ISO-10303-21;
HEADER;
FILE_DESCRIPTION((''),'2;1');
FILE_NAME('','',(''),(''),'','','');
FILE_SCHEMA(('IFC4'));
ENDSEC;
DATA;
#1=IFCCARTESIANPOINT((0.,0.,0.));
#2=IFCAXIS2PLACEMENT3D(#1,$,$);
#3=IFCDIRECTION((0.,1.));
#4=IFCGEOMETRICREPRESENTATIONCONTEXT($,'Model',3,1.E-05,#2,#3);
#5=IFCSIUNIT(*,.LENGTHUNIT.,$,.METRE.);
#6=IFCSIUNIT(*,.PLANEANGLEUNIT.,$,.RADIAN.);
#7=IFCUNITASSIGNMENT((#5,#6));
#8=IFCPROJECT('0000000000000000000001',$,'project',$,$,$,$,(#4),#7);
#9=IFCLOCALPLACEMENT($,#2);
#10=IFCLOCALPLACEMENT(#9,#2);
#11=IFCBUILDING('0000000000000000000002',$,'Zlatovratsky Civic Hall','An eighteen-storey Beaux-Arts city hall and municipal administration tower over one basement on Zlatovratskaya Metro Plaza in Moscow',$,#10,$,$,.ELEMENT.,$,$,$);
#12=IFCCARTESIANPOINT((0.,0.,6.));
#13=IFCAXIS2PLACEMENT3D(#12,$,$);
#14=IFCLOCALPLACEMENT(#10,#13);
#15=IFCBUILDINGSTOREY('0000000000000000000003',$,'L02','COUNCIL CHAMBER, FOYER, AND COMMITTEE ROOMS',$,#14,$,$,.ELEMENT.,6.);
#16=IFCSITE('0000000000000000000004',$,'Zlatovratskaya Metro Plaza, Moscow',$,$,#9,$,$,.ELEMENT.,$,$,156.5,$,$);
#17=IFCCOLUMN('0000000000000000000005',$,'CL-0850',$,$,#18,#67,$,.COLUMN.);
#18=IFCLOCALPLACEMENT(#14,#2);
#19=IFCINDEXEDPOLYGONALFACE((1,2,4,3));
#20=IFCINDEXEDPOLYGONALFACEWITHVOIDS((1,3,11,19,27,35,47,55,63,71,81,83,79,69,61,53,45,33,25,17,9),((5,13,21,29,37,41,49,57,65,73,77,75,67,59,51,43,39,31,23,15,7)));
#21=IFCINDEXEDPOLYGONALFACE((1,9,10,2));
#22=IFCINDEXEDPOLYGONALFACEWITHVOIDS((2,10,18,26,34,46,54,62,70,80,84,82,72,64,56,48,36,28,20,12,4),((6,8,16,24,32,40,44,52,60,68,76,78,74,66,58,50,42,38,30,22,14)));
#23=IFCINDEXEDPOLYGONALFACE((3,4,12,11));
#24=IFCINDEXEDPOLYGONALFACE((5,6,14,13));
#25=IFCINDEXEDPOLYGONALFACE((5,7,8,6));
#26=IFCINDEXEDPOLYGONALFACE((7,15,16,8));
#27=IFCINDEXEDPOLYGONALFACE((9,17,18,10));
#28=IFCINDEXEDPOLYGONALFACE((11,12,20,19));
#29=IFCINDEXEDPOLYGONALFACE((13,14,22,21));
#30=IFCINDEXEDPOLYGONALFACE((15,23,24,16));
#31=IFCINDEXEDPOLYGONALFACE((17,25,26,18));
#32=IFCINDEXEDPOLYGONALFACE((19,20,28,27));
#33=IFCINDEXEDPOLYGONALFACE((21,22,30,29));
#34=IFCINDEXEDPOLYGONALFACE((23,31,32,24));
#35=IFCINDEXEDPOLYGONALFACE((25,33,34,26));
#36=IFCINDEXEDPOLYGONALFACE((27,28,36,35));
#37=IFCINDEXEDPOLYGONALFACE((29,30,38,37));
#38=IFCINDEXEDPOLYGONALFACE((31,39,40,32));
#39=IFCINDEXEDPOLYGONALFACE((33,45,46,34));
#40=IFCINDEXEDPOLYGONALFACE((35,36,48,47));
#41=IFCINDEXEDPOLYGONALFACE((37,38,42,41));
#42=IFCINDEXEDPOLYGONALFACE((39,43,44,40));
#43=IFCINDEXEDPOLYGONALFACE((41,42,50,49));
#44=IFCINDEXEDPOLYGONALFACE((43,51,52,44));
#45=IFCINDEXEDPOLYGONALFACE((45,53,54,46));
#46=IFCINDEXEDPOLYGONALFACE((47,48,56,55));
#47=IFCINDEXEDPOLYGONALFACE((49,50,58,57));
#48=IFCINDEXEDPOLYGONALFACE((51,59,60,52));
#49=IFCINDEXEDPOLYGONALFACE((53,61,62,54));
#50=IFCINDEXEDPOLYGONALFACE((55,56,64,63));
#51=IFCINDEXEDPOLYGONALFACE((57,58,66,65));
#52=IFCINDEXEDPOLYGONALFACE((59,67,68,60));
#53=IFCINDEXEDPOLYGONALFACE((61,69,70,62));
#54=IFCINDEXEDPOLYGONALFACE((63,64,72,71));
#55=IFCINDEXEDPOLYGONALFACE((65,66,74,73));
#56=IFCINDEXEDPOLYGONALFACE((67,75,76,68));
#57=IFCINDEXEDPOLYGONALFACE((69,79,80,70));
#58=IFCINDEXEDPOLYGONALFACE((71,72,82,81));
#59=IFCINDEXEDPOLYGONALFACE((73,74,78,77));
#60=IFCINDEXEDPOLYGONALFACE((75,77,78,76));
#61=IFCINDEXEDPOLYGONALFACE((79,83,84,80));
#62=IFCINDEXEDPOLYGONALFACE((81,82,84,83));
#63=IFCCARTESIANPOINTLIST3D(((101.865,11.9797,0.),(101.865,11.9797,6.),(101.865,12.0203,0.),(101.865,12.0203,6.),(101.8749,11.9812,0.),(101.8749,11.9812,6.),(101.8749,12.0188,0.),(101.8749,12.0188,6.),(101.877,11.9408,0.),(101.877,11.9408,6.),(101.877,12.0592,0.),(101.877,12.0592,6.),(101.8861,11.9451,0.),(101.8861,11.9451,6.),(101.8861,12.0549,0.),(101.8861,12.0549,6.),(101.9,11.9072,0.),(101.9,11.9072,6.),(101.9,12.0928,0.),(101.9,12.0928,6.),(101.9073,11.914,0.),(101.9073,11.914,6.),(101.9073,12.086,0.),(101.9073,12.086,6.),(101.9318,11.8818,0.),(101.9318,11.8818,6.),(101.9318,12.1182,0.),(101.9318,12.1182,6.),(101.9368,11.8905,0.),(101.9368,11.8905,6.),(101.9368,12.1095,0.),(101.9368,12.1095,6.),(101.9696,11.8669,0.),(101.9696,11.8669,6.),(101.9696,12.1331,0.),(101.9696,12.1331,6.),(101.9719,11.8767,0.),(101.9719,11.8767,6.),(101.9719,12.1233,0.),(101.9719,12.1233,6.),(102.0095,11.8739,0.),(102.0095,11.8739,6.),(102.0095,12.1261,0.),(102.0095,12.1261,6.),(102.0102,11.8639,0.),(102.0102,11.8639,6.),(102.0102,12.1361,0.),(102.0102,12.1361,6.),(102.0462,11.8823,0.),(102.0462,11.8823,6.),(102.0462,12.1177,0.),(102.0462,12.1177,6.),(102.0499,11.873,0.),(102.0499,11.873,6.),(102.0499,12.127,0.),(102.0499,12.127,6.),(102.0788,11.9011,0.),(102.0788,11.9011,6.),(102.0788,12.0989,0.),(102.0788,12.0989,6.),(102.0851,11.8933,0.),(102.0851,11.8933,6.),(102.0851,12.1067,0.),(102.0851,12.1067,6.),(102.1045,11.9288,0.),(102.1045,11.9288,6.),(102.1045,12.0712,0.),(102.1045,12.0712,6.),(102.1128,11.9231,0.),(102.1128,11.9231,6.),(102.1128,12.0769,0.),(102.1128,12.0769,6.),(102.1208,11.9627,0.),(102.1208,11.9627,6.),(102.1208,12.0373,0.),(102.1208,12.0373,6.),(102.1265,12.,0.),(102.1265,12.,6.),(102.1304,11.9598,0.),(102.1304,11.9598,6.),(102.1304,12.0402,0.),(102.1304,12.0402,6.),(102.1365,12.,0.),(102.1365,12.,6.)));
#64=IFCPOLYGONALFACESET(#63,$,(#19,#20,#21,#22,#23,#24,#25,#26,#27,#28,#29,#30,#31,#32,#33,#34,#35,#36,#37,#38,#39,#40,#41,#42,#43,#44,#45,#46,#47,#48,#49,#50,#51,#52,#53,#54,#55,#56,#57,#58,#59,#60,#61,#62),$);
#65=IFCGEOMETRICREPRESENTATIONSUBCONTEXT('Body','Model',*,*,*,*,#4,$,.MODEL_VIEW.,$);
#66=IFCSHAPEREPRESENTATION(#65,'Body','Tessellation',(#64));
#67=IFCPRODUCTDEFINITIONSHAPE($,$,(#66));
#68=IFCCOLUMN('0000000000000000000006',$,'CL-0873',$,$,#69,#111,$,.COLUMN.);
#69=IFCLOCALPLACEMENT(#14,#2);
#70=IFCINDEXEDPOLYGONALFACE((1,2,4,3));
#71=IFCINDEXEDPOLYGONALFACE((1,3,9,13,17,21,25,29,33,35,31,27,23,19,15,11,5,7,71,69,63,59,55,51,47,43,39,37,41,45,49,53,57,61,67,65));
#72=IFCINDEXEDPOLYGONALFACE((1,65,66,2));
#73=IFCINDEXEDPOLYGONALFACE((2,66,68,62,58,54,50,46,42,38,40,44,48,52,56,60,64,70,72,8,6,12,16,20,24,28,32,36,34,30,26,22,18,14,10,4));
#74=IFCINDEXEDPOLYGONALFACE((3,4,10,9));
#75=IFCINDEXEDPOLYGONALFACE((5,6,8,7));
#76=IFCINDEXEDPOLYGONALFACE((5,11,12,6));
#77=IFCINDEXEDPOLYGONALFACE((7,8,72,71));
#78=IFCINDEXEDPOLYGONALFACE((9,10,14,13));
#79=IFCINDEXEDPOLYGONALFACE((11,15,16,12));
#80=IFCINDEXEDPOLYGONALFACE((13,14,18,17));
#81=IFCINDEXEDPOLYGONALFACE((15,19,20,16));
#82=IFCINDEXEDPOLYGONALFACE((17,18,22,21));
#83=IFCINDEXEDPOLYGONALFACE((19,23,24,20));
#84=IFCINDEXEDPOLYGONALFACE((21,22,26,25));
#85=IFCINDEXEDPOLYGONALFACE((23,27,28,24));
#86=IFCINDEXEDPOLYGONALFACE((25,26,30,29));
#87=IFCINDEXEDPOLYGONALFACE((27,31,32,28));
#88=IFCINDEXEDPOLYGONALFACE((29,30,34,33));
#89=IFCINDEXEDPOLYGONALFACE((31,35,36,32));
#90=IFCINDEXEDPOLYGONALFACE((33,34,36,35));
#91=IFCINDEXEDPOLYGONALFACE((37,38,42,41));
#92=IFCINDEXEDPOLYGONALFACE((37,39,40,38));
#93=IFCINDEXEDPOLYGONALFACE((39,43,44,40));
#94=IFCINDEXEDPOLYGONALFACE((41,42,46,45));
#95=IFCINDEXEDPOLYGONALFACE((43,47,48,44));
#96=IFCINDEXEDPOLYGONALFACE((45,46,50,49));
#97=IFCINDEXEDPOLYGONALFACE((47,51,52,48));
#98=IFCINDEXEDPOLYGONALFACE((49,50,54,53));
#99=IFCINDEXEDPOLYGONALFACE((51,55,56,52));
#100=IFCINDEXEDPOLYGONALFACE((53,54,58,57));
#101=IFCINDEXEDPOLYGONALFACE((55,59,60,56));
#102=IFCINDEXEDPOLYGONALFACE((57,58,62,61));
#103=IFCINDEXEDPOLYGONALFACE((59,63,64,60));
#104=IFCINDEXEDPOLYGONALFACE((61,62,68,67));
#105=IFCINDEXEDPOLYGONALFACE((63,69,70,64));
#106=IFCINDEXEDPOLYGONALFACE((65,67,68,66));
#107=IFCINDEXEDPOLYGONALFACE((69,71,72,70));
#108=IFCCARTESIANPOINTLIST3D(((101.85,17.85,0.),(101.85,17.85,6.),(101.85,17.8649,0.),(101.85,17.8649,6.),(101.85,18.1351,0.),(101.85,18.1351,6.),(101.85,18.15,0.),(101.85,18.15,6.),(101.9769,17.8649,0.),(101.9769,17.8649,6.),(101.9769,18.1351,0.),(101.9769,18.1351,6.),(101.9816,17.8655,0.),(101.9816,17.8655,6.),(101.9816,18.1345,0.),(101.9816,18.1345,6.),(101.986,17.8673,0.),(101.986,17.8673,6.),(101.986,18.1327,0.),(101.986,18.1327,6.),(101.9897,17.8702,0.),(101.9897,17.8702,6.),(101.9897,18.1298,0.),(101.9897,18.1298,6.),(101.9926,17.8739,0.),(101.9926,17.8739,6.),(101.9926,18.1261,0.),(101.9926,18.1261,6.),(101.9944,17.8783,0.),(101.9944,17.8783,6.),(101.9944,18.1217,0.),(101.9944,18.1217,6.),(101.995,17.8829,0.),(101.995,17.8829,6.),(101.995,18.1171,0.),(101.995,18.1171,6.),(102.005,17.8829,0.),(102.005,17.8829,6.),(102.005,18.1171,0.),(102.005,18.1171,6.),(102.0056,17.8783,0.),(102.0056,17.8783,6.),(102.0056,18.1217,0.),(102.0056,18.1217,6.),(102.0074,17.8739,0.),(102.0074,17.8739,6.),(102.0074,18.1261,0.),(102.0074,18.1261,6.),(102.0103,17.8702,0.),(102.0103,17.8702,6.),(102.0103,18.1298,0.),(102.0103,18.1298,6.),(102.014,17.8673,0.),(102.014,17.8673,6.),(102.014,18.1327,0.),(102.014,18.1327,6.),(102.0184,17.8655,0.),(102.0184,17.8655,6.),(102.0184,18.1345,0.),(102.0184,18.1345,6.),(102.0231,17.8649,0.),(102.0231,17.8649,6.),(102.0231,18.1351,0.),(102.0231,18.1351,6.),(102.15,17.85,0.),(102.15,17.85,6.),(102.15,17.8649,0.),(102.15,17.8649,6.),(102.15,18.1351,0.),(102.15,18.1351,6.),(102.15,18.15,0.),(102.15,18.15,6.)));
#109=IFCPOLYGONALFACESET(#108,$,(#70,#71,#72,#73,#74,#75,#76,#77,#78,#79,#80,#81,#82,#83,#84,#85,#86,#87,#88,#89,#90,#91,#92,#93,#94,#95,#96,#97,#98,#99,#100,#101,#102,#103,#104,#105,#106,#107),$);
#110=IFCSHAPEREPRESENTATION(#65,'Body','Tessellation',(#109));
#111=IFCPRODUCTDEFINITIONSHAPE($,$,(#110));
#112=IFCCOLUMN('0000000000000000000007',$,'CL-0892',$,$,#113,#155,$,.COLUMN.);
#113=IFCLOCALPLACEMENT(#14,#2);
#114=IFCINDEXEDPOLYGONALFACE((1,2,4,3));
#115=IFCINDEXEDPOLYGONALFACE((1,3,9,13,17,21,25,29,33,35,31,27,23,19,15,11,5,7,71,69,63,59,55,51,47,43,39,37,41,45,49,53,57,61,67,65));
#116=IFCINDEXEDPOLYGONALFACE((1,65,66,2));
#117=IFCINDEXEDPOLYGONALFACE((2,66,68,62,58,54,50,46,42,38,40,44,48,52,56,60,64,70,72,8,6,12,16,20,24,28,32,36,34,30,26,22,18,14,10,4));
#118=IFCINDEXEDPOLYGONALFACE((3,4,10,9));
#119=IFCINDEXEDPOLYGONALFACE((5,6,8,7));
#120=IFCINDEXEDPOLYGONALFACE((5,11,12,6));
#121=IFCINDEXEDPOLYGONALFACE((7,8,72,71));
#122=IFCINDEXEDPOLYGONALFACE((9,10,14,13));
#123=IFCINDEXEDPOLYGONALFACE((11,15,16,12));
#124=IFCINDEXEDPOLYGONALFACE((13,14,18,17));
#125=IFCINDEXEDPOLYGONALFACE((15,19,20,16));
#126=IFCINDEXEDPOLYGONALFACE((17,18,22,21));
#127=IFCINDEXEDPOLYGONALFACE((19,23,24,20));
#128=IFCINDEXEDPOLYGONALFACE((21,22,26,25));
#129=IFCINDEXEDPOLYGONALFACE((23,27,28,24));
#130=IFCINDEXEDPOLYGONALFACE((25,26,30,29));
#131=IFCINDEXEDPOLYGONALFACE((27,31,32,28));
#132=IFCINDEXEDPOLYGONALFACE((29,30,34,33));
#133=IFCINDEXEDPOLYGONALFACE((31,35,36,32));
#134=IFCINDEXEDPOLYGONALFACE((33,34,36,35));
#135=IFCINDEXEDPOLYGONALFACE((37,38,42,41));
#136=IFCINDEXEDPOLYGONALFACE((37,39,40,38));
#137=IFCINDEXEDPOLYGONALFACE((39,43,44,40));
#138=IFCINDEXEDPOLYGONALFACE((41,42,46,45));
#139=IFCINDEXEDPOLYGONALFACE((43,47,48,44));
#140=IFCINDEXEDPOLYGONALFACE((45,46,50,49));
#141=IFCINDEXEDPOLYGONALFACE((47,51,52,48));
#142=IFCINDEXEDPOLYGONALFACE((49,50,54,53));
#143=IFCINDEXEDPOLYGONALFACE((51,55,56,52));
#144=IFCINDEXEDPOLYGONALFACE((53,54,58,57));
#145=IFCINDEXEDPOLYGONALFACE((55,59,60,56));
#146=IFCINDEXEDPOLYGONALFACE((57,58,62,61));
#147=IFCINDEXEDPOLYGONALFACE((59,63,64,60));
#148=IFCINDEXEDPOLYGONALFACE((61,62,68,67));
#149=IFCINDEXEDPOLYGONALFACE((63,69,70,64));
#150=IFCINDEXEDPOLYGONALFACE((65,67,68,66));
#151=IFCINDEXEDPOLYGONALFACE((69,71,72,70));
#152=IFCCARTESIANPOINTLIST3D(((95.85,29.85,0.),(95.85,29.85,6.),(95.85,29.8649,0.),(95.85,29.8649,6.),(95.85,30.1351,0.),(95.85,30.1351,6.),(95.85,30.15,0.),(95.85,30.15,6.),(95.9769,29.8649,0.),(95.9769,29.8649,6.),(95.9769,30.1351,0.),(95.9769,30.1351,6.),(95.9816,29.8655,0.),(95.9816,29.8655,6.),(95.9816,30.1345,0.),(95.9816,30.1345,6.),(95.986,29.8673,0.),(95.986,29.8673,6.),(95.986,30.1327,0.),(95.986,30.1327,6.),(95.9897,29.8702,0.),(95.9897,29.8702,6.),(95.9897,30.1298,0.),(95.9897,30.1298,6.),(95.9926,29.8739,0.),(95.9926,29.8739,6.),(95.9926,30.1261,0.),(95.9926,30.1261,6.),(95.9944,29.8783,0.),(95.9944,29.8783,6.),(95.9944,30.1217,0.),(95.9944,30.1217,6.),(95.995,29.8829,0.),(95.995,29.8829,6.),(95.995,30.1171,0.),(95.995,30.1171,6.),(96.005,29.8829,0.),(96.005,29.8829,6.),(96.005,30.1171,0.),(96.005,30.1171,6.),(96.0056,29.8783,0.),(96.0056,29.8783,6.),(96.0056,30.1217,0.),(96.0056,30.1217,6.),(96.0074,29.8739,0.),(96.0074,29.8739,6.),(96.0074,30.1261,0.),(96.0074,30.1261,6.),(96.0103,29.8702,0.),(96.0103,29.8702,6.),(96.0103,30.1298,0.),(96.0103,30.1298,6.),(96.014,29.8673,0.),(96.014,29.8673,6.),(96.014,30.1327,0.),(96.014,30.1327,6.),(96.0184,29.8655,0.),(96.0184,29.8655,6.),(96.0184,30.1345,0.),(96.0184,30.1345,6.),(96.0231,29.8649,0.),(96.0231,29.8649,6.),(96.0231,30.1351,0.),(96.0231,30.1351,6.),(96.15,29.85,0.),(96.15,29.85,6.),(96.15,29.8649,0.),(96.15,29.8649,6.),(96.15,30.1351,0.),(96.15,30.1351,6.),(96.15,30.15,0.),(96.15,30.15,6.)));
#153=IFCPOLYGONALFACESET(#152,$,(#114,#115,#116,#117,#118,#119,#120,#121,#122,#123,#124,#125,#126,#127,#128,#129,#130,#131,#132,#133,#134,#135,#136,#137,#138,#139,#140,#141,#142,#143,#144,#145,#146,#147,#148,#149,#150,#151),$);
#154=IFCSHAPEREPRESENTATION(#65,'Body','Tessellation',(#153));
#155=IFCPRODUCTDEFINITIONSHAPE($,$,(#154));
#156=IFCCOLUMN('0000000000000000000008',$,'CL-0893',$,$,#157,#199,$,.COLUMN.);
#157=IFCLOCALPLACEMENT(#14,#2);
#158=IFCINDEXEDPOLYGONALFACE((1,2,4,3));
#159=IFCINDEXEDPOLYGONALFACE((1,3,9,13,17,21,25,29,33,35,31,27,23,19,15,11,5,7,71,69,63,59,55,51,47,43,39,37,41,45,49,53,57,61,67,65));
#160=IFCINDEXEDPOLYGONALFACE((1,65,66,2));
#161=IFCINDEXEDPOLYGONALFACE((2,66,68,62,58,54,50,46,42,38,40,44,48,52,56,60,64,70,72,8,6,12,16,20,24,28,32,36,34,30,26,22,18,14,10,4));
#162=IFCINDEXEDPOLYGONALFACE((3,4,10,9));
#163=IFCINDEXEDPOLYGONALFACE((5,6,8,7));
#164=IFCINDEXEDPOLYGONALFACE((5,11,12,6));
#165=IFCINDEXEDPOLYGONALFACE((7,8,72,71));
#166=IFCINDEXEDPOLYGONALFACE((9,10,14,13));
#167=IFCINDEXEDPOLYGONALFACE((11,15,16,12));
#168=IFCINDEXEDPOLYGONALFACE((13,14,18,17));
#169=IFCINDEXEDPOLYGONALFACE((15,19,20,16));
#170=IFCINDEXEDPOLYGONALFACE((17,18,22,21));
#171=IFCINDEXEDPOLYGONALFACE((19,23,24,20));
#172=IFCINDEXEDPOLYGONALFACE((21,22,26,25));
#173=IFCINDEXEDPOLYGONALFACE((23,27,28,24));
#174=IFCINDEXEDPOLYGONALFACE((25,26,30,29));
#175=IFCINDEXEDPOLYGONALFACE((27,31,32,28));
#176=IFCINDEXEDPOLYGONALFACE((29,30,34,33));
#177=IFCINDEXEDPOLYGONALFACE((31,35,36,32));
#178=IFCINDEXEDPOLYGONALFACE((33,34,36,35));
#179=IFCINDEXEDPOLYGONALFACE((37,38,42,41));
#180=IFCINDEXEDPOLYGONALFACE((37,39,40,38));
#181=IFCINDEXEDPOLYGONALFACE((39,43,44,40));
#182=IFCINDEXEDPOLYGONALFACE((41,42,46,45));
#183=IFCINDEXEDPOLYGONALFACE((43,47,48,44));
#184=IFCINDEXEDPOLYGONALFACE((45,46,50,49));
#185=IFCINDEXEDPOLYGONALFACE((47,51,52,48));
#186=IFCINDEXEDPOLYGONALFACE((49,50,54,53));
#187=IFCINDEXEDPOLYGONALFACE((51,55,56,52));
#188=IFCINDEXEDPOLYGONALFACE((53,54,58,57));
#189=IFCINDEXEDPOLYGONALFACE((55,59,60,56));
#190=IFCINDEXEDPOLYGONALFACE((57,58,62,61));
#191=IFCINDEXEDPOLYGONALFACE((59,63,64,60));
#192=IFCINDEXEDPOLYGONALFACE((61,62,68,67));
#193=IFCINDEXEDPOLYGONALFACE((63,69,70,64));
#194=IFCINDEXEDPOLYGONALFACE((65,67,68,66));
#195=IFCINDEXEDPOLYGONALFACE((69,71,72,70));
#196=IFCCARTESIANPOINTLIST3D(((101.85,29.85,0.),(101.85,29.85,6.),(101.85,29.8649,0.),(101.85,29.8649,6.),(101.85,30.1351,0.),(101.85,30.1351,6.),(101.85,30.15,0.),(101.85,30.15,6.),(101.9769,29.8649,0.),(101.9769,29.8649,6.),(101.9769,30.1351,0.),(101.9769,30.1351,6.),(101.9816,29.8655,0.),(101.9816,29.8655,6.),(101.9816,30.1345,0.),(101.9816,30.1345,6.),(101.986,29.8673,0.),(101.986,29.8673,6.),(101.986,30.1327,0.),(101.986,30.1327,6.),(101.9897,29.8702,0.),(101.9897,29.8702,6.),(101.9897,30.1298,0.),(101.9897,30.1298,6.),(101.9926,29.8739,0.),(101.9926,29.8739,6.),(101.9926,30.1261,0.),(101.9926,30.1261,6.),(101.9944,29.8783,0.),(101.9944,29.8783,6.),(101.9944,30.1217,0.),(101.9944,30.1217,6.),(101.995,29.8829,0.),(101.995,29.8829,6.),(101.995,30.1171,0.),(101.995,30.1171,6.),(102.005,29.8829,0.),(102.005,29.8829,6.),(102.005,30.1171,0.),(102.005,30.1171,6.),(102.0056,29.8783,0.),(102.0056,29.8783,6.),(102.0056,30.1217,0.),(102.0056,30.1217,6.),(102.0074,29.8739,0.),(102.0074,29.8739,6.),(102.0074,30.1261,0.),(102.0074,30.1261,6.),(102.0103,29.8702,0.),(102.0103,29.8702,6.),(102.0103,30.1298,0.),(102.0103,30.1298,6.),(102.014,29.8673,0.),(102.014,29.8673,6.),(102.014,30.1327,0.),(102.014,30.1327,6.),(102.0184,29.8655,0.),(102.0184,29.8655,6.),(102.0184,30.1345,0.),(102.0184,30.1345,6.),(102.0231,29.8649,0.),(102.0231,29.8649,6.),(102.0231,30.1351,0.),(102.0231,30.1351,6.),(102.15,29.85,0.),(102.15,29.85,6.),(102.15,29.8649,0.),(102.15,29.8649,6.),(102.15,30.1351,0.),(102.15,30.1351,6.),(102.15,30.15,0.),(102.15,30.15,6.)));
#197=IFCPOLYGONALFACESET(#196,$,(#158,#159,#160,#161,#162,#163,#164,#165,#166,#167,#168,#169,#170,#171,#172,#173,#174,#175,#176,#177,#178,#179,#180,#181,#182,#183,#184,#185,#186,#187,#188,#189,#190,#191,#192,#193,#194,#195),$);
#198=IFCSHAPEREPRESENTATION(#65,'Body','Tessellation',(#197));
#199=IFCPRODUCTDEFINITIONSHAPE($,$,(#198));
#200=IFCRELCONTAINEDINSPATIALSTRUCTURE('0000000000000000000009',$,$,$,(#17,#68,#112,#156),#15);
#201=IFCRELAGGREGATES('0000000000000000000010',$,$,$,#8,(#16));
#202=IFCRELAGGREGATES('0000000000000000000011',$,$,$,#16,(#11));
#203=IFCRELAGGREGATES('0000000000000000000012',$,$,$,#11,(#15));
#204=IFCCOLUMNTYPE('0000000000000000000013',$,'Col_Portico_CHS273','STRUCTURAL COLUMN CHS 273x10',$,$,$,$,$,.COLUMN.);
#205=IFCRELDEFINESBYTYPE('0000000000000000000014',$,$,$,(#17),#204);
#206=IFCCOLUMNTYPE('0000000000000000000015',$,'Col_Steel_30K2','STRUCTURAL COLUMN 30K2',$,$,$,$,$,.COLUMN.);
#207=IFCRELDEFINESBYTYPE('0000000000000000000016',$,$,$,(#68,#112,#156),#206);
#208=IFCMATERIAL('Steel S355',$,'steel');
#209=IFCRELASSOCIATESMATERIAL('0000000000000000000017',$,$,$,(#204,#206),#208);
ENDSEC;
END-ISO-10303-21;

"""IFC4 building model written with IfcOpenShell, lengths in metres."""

from ifc_helpers import new_model, si_unit, direction, frame, origin, origin_2d, place, context, subcontext, project, spatial, hollow_circle, i_section, extrude, material, material_profile, profile_set, type_object, element, save


model = new_model("IFC4")

# Units and contexts
model_context = context("Model", 3, precision=1e-05, world=origin(), true_north=direction((0.0, 1.0)))
body_context = subcontext(model_context, "Body", "Model", "MODEL_VIEW")
ifc_project = project(units=[si_unit("LENGTHUNIT", "METRE"), si_unit("PLANEANGLEUNIT", "RADIAN")], contexts=[model_context])

# Site, building, storey
site_placement = place(None, origin())
site = spatial("IfcSite", under=ifc_project, at=site_placement, Name="Zlatovratskaya Metro Plaza, Moscow", CompositionType="ELEMENT", RefElevation=156.5)
building_placement = place(site_placement, origin())
building = spatial("IfcBuilding", under=site, at=building_placement, Name="Zlatovratsky Civic Hall", Description="An eighteen-storey Beaux-Arts city hall and municipal administration tower over one basement on Zlatovratskaya Metro Plaza in Moscow", CompositionType="ELEMENT")
storey_placement = place(building_placement, frame((0.0, 0.0, 6.0)))
storey = spatial("IfcBuildingStorey", under=building, at=storey_placement, Name="L02", Description="COUNCIL CHAMBER, FOYER, AND COMMITTEE ROOMS", CompositionType="ELEMENT", Elevation=6.0)

# Columns
ifc_material_1 = material(Name="Steel S355", Category="steel")
ifc_material_profile_1 = material_profile(ifc_material_1, hollow_circle(Radius=0.1365, WallThickness=0.01, at=origin_2d()), Name="CHS 273x10")
ifc_profile_set_1 = profile_set([ifc_material_profile_1], Name="Steel S355")
column_type_1 = type_object("IfcColumnType", Name="Col_Portico_CHS273", Description="STRUCTURAL COLUMN CHS 273x10", PredefinedType="COLUMN", material=ifc_profile_set_1)
column_placement = place(storey_placement, frame((102.0, 12.0, 0.0), z_axis=(0.0, 0.0, 1.0), x_axis=(1.0, 0.0, 0.0)))
element("IfcColumn", 1, at=column_placement, inside=storey, type_object=column_type_1, Name="CL-0850", PredefinedType="COLUMN", context=body_context, shape_type="SweptSolid", body=[
    extrude(hollow_circle(Radius=0.1365, WallThickness=0.01, at=origin_2d()), origin(), (0.0, 0.0, 1.0), 6.0),
])
ifc_material_profile_2 = material_profile(ifc_material_1, i_section(OverallWidth=0.3, OverallDepth=0.3, WebThickness=0.01, FlangeThickness=0.0149, FilletRadius=0.0181, at=origin_2d()), Name="30K2")
ifc_profile_set_2 = profile_set([ifc_material_profile_2], Name="Steel S355")
column_type_2 = type_object("IfcColumnType", Name="Col_Steel_30K2", Description="STRUCTURAL COLUMN 30K2", PredefinedType="COLUMN", material=ifc_profile_set_2)
for number, where, z_axis, x_axis, name in (
    (2, (102.0, 18.0, 0.0), (0.0, 0.0, 1.0), (1.0, 0.0, 0.0), "CL-0873"),
    (3, (96.0, 30.0, 0.0), (0.0, 0.0, 1.0), (1.0, 0.0, 0.0), "CL-0892"),
    (4, (102.0, 30.0, 0.0), (0.0, 0.0, 1.0), (1.0, 0.0, 0.0), "CL-0893"),
):
    element("IfcColumn", number, at=place(storey_placement, frame(where, z_axis=z_axis, x_axis=x_axis)), inside=storey, type_object=column_type_2, Name=name, PredefinedType="COLUMN", context=body_context, shape_type="SweptSolid", body=[
        extrude(i_section(OverallWidth=0.3, OverallDepth=0.3, WebThickness=0.01, FlangeThickness=0.0149, FilletRadius=0.0181, at=origin_2d()), origin(), (0.0, 0.0, 1.0), 6.0),
    ])

save(model, "model.ifc")
